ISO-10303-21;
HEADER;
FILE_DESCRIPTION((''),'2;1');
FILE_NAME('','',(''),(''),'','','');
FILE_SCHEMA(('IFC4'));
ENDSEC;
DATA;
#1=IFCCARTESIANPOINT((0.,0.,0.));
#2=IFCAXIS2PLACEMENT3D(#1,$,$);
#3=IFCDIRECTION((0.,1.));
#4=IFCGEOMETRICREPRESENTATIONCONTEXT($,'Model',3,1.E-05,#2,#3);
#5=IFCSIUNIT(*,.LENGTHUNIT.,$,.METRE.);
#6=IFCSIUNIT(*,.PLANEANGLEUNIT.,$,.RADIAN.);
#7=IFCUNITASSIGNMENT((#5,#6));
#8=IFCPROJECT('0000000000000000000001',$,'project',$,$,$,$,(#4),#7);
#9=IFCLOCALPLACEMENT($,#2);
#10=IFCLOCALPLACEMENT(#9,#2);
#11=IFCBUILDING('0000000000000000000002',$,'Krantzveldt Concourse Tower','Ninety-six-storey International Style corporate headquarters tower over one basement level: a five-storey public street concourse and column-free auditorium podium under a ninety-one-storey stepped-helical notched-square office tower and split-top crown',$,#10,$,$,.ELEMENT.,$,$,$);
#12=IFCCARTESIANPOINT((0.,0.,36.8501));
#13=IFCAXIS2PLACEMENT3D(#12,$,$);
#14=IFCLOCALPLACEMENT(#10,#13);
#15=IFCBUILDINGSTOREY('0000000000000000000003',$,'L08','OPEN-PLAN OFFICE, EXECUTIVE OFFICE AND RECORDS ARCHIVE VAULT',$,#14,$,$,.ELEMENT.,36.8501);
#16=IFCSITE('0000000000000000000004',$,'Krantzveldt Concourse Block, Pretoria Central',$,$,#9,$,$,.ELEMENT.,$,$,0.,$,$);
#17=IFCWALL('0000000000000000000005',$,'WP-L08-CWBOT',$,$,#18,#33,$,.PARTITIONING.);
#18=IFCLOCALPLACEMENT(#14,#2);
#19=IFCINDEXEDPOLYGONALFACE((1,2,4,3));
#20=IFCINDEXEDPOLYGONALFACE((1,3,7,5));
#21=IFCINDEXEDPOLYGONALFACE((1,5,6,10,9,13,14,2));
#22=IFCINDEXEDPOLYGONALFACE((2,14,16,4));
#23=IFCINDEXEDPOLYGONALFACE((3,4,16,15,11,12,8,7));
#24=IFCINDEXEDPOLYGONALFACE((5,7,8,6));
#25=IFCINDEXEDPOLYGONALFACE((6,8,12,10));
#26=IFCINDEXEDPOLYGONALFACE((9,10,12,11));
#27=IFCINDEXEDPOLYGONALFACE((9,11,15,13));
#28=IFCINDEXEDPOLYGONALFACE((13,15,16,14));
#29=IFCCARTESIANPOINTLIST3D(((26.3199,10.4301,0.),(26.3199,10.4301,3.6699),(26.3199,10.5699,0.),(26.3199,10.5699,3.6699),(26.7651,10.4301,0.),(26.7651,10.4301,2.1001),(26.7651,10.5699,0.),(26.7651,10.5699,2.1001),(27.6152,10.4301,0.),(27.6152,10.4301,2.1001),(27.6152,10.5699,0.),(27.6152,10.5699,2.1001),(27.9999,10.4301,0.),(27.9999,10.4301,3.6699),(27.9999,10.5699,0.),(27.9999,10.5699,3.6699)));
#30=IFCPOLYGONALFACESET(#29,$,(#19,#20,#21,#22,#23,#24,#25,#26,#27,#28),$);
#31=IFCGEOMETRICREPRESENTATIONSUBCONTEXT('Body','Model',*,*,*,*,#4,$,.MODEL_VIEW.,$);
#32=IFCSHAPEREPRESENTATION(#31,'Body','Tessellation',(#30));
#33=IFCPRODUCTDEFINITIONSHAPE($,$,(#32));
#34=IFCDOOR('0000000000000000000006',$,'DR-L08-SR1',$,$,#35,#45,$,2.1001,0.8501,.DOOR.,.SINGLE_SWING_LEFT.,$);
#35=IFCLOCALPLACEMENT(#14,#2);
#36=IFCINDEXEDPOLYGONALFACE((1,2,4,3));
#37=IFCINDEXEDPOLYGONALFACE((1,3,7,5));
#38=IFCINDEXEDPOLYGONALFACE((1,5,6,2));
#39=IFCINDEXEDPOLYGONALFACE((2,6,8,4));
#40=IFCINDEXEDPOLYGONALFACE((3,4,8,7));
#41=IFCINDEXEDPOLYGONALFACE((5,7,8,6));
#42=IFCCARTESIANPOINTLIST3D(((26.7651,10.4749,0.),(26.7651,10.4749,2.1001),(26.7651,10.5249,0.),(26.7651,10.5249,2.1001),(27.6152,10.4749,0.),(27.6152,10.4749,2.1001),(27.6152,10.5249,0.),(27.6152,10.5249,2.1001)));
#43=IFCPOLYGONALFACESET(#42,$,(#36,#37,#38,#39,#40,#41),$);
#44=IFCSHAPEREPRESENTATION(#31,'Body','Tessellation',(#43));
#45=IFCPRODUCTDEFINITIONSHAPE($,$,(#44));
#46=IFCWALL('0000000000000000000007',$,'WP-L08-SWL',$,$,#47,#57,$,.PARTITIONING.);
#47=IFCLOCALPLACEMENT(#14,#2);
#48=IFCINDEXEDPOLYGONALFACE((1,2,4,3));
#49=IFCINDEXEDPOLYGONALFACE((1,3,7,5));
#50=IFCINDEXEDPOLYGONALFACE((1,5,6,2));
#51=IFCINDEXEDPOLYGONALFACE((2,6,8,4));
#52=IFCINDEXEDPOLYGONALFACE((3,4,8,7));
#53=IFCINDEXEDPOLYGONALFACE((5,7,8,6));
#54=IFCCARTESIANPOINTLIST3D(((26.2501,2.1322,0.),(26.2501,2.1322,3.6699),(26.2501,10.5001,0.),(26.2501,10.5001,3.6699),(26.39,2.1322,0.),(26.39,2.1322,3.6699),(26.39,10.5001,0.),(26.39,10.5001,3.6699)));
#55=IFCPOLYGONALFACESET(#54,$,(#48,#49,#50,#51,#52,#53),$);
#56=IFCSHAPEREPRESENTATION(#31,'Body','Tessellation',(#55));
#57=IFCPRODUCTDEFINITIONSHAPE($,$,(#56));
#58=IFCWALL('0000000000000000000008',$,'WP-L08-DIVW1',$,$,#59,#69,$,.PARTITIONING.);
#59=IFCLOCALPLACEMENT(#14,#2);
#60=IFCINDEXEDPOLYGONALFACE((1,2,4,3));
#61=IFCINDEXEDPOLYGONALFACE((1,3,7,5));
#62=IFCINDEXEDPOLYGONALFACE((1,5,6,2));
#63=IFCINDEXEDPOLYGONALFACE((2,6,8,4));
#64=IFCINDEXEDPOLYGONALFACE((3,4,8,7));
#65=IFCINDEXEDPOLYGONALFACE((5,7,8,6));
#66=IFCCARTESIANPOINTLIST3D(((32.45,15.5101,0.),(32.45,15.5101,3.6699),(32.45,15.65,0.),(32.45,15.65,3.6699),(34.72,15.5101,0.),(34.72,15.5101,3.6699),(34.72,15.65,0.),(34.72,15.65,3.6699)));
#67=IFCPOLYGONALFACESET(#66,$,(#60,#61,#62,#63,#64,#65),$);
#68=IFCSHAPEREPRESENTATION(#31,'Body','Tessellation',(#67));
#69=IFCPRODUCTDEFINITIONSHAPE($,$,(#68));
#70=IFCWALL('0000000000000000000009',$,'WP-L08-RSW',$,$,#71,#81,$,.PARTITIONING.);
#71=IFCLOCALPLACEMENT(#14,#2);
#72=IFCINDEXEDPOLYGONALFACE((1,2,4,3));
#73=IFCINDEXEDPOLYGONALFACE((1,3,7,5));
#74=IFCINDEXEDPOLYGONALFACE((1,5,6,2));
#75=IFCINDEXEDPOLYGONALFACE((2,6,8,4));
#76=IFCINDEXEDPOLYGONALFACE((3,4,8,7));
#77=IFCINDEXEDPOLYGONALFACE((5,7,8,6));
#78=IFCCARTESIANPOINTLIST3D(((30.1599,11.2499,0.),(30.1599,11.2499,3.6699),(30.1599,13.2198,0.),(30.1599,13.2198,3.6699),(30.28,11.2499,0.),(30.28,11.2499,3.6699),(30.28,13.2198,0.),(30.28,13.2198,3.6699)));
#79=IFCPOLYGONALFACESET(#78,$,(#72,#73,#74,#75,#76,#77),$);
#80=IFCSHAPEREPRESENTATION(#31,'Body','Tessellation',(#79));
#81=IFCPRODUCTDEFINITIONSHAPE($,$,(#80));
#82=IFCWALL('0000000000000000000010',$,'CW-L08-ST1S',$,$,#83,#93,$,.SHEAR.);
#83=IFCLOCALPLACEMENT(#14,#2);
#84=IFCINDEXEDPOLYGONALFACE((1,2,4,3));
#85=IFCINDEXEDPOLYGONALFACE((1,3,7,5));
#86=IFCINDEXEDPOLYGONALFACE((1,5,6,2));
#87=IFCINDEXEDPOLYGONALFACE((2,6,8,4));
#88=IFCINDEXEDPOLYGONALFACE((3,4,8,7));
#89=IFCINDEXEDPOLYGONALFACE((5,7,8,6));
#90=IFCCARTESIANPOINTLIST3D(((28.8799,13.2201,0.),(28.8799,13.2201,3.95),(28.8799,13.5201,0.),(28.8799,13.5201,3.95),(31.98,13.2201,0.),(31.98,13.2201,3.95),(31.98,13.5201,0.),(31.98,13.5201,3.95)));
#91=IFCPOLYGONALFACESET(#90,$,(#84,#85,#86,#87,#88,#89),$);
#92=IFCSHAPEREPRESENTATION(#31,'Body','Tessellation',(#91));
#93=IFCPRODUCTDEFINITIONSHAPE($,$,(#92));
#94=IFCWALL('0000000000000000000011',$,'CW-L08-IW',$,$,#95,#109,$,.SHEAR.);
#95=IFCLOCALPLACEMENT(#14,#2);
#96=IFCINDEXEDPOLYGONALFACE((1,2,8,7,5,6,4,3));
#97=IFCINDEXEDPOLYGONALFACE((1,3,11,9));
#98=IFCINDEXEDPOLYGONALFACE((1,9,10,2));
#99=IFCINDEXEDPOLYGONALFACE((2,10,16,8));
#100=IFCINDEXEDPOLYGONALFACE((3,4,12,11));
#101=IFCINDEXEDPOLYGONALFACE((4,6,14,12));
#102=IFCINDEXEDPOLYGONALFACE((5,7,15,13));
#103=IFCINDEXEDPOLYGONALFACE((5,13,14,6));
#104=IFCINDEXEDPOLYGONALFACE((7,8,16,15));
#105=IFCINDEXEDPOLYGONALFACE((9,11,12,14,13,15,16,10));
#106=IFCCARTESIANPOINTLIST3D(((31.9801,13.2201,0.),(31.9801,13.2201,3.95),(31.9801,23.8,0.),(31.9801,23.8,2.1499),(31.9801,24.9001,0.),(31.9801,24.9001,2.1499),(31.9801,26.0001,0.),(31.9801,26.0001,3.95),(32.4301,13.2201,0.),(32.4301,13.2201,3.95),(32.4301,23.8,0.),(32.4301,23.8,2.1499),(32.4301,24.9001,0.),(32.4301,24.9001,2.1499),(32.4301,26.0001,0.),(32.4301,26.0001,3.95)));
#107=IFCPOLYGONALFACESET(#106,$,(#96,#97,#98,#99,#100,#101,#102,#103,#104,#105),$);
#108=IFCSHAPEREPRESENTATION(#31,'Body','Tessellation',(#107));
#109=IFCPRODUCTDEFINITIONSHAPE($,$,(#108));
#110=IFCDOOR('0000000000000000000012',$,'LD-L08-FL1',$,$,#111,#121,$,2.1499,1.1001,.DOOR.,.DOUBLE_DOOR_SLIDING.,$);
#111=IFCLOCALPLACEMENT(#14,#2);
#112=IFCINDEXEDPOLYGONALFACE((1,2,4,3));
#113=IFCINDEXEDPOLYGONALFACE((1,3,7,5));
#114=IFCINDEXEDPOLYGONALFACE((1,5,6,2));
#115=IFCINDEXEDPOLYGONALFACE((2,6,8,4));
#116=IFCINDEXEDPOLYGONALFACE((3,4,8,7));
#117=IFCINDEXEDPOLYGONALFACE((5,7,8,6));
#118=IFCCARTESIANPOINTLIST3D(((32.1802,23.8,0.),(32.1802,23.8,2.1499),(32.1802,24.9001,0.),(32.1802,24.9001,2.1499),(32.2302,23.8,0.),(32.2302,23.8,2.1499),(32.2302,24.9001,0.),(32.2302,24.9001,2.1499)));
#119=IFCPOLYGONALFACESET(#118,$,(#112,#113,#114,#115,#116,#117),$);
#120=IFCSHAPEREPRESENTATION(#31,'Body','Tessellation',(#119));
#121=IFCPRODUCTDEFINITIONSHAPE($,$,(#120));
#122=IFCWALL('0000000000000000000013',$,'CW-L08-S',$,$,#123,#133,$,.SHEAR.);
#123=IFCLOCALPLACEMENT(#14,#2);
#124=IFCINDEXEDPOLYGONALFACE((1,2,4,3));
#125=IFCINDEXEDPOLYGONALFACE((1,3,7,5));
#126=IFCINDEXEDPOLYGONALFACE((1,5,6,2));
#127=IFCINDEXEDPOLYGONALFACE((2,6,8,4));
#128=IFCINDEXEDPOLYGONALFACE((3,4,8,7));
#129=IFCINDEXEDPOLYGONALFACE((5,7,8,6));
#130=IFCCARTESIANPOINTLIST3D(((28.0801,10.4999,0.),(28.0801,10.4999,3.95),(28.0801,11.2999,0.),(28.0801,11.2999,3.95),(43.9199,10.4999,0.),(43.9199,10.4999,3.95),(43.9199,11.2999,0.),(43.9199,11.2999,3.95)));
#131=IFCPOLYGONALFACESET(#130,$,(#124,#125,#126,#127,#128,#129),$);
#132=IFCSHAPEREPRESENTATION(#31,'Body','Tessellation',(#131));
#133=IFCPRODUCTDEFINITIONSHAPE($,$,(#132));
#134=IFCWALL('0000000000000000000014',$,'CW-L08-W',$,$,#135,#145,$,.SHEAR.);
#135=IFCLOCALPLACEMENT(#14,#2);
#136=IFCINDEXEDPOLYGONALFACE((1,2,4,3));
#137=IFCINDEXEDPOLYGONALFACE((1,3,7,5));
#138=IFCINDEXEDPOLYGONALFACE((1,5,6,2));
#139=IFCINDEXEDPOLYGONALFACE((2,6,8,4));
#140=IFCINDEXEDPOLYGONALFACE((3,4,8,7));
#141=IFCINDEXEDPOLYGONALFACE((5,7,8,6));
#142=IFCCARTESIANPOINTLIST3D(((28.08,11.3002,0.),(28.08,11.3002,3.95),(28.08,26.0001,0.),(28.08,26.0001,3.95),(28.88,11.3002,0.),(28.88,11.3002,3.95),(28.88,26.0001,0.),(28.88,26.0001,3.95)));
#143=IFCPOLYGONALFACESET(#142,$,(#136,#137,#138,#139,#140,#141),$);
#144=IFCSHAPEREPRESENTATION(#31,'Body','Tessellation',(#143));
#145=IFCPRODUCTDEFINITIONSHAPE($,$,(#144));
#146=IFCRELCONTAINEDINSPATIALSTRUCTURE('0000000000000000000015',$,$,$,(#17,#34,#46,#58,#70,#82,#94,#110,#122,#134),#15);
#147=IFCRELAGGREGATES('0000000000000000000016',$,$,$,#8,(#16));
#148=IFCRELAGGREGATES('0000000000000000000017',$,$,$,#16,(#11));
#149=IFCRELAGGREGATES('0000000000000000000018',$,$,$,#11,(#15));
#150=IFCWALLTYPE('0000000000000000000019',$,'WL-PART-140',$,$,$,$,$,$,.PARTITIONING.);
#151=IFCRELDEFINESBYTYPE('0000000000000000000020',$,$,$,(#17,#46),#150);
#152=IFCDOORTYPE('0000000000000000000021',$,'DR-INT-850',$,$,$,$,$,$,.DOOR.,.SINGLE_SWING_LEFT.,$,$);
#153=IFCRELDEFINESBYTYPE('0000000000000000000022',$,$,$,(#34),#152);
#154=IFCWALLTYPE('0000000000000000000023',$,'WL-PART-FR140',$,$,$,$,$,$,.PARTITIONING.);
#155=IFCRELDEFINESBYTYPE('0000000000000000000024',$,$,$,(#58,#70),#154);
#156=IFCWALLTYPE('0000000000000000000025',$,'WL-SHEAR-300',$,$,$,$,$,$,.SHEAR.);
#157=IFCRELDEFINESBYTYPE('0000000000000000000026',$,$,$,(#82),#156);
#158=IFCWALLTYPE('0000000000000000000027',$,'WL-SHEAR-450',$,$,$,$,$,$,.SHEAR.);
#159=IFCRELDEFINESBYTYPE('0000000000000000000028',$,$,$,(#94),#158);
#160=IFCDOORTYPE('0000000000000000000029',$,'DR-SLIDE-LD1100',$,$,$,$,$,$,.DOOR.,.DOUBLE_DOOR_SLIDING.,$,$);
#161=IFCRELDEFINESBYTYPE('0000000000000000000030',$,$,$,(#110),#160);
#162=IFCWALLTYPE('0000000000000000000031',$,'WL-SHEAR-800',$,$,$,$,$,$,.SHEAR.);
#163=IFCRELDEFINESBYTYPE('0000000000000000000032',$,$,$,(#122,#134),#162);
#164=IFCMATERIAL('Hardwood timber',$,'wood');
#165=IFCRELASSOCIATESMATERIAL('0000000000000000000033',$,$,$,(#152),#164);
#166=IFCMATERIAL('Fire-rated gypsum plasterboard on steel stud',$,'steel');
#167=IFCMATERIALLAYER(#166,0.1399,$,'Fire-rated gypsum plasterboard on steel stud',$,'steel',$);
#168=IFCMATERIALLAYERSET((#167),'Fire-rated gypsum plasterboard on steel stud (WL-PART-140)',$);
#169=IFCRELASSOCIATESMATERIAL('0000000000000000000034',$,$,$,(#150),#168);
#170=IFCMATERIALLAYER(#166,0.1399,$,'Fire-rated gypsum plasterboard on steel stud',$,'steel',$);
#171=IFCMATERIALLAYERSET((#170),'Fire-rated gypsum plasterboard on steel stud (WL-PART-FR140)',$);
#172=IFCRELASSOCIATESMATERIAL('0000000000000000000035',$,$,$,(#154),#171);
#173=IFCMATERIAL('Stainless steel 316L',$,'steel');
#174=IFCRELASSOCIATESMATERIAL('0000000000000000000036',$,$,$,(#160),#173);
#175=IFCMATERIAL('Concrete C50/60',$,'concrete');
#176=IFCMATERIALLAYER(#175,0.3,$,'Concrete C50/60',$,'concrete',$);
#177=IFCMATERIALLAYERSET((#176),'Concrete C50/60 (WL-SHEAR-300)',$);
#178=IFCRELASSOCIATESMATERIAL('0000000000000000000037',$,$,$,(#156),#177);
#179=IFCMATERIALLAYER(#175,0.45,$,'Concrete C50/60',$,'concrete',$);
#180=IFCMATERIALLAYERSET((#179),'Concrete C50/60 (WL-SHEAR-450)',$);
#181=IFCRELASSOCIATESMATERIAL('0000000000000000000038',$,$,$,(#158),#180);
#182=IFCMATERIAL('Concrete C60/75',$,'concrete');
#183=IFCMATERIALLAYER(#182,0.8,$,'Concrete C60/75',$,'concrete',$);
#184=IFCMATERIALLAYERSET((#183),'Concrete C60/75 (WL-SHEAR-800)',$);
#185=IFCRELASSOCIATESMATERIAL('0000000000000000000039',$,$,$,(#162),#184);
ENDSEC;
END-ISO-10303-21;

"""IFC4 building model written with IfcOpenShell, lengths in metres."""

from ifc_helpers import new_model, si_unit, direction, frame, frame_2d, origin, place, context, subcontext, project, spatial, rectangle, extrude, material, layer, layer_set, type_object, element, fill, save


model = new_model("IFC4")

# Units and contexts
model_context = context("Model", 3, precision=1e-05, world=origin(), true_north=direction((0.0, 1.0)))
body_context = subcontext(model_context, "Body", "Model", "MODEL_VIEW")
ifc_project = project(units=[si_unit("LENGTHUNIT", "METRE"), si_unit("PLANEANGLEUNIT", "RADIAN")], contexts=[model_context])

# Site, building, storey
site_placement = place(None, origin())
site = spatial("IfcSite", under=ifc_project, at=site_placement, Name="Krantzveldt Concourse Block, Pretoria Central", CompositionType="ELEMENT", RefElevation=0.0)
building_placement = place(site_placement, origin())
building = spatial("IfcBuilding", under=site, at=building_placement, Name="Krantzveldt Concourse Tower", Description="Ninety-six-storey International Style corporate headquarters tower over one basement level: a five-storey public street concourse and column-free auditorium podium under a ninety-one-storey stepped-helical notched-square office tower and split-top crown", CompositionType="ELEMENT")
storey_placement = place(building_placement, frame((0.0, 0.0, 36.8501)))
storey = spatial("IfcBuildingStorey", under=building, at=storey_placement, Name="L08", Description="OPEN-PLAN OFFICE, EXECUTIVE OFFICE AND RECORDS ARCHIVE VAULT", CompositionType="ELEMENT", Elevation=36.8501)

# Shared definitions
ifc_material_1 = material(Name="Fire-rated gypsum plasterboard on steel stud", Category="steel")
ifc_material_2 = material(Name="Hardwood timber", Category="wood")
door_type_1 = type_object("IfcDoorType", Name="DR-INT-850", OperationType="SINGLE_SWING_LEFT", PredefinedType="DOOR", material=ifc_material_2)

# Shared definitions
ifc_layer_1 = layer(ifc_material_1, 0.1399, Name="Fire-rated gypsum plasterboard on steel stud", Category="steel")
ifc_layer_set_1 = layer_set([ifc_layer_1], Name="Fire-rated gypsum plasterboard on steel stud (WL-PART-140)")
wall_type_1 = type_object("IfcWallType", Name="WL-PART-140", PredefinedType="PARTITIONING", material=ifc_layer_set_1)

# Wall, opening, door
wall_1_placement = place(storey_placement, frame((26.3201, 10.5, 0.0), z_axis=(0.0, 0.0, 1.0), x_axis=(1.0, 0.0, 0.0)))
wall_1 = element("IfcWall", 1, at=wall_1_placement, inside=storey, type_object=wall_type_1, Name="WP-L08-CWBOT", PredefinedType="PARTITIONING", context=body_context, shape_type="SweptSolid", body=[
    extrude(rectangle(XDim=1.6799, YDim=0.1399, at=frame_2d((0.8398, 0.0))), origin(), (0.0, 0.0, 1.0), 3.6699),
])
opening_1_placement = place(wall_1_placement, frame((0.4451, 0.0, 0.0)))
opening_1 = element("IfcOpeningElement", 2, at=opening_1_placement, cuts=wall_1, PredefinedType="OPENING", context=body_context, shape_type="SweptSolid", body=[
    extrude(rectangle(XDim=0.8501, YDim=2.1001, at=frame_2d((0.425, 1.05))), frame((0.0, 0.0801, 0.0), z_axis=(0.0, -1.0, 0.0), x_axis=(1.0, 0.0, 0.0)), (0.0, 0.0, 1.0), 0.1599),
])
door_1_placement = place(opening_1_placement, origin())
door_1 = element("IfcDoor", 3, at=door_1_placement, inside=storey, type_object=door_type_1, Name="DR-L08-SR1", OperationType="SINGLE_SWING_LEFT", OverallHeight=2.1001, OverallWidth=0.8501, PredefinedType="DOOR", context=body_context, shape_type="SweptSolid", body=[
    extrude(rectangle(XDim=0.8501, YDim=2.1001, at=frame_2d((0.425, 1.05))), frame((0.0, 0.0249, 0.0), z_axis=(0.0, -1.0, 0.0), x_axis=(1.0, 0.0, 0.0)), (0.0, 0.0, 1.0), 0.05),
])
fill(opening_1, door_1)

# Wall
wall_2_placement = place(storey_placement, frame((26.3201, 2.1321, 0.0), z_axis=(0.0, 0.0, 1.0), x_axis=(0.0, 1.0, 0.0)))
element("IfcWall", 4, at=wall_2_placement, inside=storey, type_object=wall_type_1, Name="WP-L08-SWL", PredefinedType="PARTITIONING", context=body_context, shape_type="SweptSolid", body=[
    extrude(rectangle(XDim=8.3679, YDim=0.1399, at=frame_2d((4.1841, 0.0))), origin(), (0.0, 0.0, 1.0), 3.6699),
])

# Shared definitions
ifc_layer_2 = layer(ifc_material_1, 0.1399, Name="Fire-rated gypsum plasterboard on steel stud", Category="steel")
ifc_layer_set_2 = layer_set([ifc_layer_2], Name="Fire-rated gypsum plasterboard on steel stud (WL-PART-FR140)")
wall_type_2 = type_object("IfcWallType", Name="WL-PART-FR140", PredefinedType="PARTITIONING", material=ifc_layer_set_2)
ifc_material_3 = material(Name="Stainless steel 316L", Category="steel")
door_type_2 = type_object("IfcDoorType", Name="DR-SLIDE-LD1100", OperationType="DOUBLE_DOOR_SLIDING", PredefinedType="DOOR", material=ifc_material_3)

# Walls
wall_3_placement = place(storey_placement, frame((32.45, 15.5801, 0.0), z_axis=(0.0, 0.0, 1.0), x_axis=(1.0, 0.0, 0.0)))
element("IfcWall", 5, at=wall_3_placement, inside=storey, type_object=wall_type_2, Name="WP-L08-DIVW1", PredefinedType="PARTITIONING", context=body_context, shape_type="SweptSolid", body=[
    extrude(rectangle(XDim=2.27, YDim=0.1399, at=frame_2d((1.135, 0.0))), origin(), (0.0, 0.0, 1.0), 3.6699),
])
wall_4_placement = place(storey_placement, frame((30.22, 11.25, 0.0), z_axis=(0.0, 0.0, 1.0), x_axis=(0.0, 1.0, 0.0)))
element("IfcWall", 6, at=wall_4_placement, inside=storey, type_object=wall_type_2, Name="WP-L08-RSW", PredefinedType="PARTITIONING", context=body_context, shape_type="SweptSolid", body=[
    extrude(rectangle(XDim=1.97, YDim=0.1201, at=frame_2d((0.9849, 0.0))), origin(), (0.0, 0.0, 1.0), 3.6699),
])
ifc_material_4 = material(Name="Concrete C50/60", Category="concrete")
ifc_layer_3 = layer(ifc_material_4, 0.3, Name="Concrete C50/60", Category="concrete")
ifc_layer_set_3 = layer_set([ifc_layer_3], Name="Concrete C50/60 (WL-SHEAR-300)")
wall_type_3 = type_object("IfcWallType", Name="WL-SHEAR-300", PredefinedType="SHEAR", material=ifc_layer_set_3)
wall_5_placement = place(storey_placement, frame((28.8799, 13.3701, 0.0), z_axis=(0.0, 0.0, 1.0), x_axis=(1.0, 0.0, 0.0)))
element("IfcWall", 7, at=wall_5_placement, inside=storey, type_object=wall_type_3, Name="CW-L08-ST1S", PredefinedType="SHEAR", context=body_context, shape_type="SweptSolid", body=[
    extrude(rectangle(XDim=3.1001, YDim=0.3, at=frame_2d((1.55, 0.0))), origin(), (0.0, 0.0, 1.0), 3.95),
])

# Wall, opening, door
ifc_layer_4 = layer(ifc_material_4, 0.45, Name="Concrete C50/60", Category="concrete")
ifc_layer_set_4 = layer_set([ifc_layer_4], Name="Concrete C50/60 (WL-SHEAR-450)")
wall_type_4 = type_object("IfcWallType", Name="WL-SHEAR-450", PredefinedType="SHEAR", material=ifc_layer_set_4)
wall_6_placement = place(storey_placement, frame((32.2051, 13.22, 0.0), z_axis=(0.0, 0.0, 1.0), x_axis=(0.0, 1.0, 0.0)))
wall_6 = element("IfcWall", 8, at=wall_6_placement, inside=storey, type_object=wall_type_4, Name="CW-L08-IW", PredefinedType="SHEAR", context=body_context, shape_type="SweptSolid", body=[
    extrude(rectangle(XDim=12.78, YDim=0.45, at=frame_2d((6.3901, 0.0))), origin(), (0.0, 0.0, 1.0), 3.95),
])
opening_2_placement = place(wall_6_placement, frame((10.5801, 0.0, 0.0)))
opening_2 = element("IfcOpeningElement", 9, at=opening_2_placement, cuts=wall_6, PredefinedType="OPENING", context=body_context, shape_type="SweptSolid", body=[
    extrude(rectangle(XDim=1.1001, YDim=2.1499, at=frame_2d((0.55, 1.075))), frame((0.0, 0.2349, 0.0), z_axis=(0.0, -1.0, 0.0), x_axis=(1.0, 0.0, 0.0)), (0.0, 0.0, 1.0), 0.47),
])
door_2_placement = place(opening_2_placement, origin())
door_2 = element("IfcDoor", 10, at=door_2_placement, inside=storey, type_object=door_type_2, Name="LD-L08-FL1", OperationType="DOUBLE_DOOR_SLIDING", OverallHeight=2.1499, OverallWidth=1.1001, PredefinedType="DOOR", context=body_context, shape_type="SweptSolid", body=[
    extrude(rectangle(XDim=1.1001, YDim=2.1499, at=frame_2d((0.55, 1.075))), frame((0.0, 0.0249, 0.0), z_axis=(0.0, -1.0, 0.0), x_axis=(1.0, 0.0, 0.0)), (0.0, 0.0, 1.0), 0.05),
])
fill(opening_2, door_2)

# Walls
ifc_material_5 = material(Name="Concrete C60/75", Category="concrete")
ifc_layer_5 = layer(ifc_material_5, 0.8, Name="Concrete C60/75", Category="concrete")
ifc_layer_set_5 = layer_set([ifc_layer_5], Name="Concrete C60/75 (WL-SHEAR-800)")
wall_type_5 = type_object("IfcWallType", Name="WL-SHEAR-800", PredefinedType="SHEAR", material=ifc_layer_set_5)
wall_7_placement = place(storey_placement, frame((28.0801, 10.8999, 0.0), z_axis=(0.0, 0.0, 1.0), x_axis=(1.0, 0.0, 0.0)))
element("IfcWall", 11, at=wall_7_placement, inside=storey, type_object=wall_type_5, Name="CW-L08-S", PredefinedType="SHEAR", context=body_context, shape_type="SweptSolid", body=[
    extrude(rectangle(XDim=15.8398, YDim=0.8, at=frame_2d((7.9199, 0.0))), origin(), (0.0, 0.0, 1.0), 3.95),
])
wall_8_placement = place(storey_placement, frame((28.48, 11.3, 0.0), z_axis=(0.0, 0.0, 1.0), x_axis=(0.0, 1.0, 0.0)))
element("IfcWall", 12, at=wall_8_placement, inside=storey, type_object=wall_type_5, Name="CW-L08-W", PredefinedType="SHEAR", context=body_context, shape_type="SweptSolid", body=[
    extrude(rectangle(XDim=14.7, YDim=0.8, at=frame_2d((7.3501, 0.0))), origin(), (0.0, 0.0, 1.0), 3.95),
])

save(model, "model.ifc")
